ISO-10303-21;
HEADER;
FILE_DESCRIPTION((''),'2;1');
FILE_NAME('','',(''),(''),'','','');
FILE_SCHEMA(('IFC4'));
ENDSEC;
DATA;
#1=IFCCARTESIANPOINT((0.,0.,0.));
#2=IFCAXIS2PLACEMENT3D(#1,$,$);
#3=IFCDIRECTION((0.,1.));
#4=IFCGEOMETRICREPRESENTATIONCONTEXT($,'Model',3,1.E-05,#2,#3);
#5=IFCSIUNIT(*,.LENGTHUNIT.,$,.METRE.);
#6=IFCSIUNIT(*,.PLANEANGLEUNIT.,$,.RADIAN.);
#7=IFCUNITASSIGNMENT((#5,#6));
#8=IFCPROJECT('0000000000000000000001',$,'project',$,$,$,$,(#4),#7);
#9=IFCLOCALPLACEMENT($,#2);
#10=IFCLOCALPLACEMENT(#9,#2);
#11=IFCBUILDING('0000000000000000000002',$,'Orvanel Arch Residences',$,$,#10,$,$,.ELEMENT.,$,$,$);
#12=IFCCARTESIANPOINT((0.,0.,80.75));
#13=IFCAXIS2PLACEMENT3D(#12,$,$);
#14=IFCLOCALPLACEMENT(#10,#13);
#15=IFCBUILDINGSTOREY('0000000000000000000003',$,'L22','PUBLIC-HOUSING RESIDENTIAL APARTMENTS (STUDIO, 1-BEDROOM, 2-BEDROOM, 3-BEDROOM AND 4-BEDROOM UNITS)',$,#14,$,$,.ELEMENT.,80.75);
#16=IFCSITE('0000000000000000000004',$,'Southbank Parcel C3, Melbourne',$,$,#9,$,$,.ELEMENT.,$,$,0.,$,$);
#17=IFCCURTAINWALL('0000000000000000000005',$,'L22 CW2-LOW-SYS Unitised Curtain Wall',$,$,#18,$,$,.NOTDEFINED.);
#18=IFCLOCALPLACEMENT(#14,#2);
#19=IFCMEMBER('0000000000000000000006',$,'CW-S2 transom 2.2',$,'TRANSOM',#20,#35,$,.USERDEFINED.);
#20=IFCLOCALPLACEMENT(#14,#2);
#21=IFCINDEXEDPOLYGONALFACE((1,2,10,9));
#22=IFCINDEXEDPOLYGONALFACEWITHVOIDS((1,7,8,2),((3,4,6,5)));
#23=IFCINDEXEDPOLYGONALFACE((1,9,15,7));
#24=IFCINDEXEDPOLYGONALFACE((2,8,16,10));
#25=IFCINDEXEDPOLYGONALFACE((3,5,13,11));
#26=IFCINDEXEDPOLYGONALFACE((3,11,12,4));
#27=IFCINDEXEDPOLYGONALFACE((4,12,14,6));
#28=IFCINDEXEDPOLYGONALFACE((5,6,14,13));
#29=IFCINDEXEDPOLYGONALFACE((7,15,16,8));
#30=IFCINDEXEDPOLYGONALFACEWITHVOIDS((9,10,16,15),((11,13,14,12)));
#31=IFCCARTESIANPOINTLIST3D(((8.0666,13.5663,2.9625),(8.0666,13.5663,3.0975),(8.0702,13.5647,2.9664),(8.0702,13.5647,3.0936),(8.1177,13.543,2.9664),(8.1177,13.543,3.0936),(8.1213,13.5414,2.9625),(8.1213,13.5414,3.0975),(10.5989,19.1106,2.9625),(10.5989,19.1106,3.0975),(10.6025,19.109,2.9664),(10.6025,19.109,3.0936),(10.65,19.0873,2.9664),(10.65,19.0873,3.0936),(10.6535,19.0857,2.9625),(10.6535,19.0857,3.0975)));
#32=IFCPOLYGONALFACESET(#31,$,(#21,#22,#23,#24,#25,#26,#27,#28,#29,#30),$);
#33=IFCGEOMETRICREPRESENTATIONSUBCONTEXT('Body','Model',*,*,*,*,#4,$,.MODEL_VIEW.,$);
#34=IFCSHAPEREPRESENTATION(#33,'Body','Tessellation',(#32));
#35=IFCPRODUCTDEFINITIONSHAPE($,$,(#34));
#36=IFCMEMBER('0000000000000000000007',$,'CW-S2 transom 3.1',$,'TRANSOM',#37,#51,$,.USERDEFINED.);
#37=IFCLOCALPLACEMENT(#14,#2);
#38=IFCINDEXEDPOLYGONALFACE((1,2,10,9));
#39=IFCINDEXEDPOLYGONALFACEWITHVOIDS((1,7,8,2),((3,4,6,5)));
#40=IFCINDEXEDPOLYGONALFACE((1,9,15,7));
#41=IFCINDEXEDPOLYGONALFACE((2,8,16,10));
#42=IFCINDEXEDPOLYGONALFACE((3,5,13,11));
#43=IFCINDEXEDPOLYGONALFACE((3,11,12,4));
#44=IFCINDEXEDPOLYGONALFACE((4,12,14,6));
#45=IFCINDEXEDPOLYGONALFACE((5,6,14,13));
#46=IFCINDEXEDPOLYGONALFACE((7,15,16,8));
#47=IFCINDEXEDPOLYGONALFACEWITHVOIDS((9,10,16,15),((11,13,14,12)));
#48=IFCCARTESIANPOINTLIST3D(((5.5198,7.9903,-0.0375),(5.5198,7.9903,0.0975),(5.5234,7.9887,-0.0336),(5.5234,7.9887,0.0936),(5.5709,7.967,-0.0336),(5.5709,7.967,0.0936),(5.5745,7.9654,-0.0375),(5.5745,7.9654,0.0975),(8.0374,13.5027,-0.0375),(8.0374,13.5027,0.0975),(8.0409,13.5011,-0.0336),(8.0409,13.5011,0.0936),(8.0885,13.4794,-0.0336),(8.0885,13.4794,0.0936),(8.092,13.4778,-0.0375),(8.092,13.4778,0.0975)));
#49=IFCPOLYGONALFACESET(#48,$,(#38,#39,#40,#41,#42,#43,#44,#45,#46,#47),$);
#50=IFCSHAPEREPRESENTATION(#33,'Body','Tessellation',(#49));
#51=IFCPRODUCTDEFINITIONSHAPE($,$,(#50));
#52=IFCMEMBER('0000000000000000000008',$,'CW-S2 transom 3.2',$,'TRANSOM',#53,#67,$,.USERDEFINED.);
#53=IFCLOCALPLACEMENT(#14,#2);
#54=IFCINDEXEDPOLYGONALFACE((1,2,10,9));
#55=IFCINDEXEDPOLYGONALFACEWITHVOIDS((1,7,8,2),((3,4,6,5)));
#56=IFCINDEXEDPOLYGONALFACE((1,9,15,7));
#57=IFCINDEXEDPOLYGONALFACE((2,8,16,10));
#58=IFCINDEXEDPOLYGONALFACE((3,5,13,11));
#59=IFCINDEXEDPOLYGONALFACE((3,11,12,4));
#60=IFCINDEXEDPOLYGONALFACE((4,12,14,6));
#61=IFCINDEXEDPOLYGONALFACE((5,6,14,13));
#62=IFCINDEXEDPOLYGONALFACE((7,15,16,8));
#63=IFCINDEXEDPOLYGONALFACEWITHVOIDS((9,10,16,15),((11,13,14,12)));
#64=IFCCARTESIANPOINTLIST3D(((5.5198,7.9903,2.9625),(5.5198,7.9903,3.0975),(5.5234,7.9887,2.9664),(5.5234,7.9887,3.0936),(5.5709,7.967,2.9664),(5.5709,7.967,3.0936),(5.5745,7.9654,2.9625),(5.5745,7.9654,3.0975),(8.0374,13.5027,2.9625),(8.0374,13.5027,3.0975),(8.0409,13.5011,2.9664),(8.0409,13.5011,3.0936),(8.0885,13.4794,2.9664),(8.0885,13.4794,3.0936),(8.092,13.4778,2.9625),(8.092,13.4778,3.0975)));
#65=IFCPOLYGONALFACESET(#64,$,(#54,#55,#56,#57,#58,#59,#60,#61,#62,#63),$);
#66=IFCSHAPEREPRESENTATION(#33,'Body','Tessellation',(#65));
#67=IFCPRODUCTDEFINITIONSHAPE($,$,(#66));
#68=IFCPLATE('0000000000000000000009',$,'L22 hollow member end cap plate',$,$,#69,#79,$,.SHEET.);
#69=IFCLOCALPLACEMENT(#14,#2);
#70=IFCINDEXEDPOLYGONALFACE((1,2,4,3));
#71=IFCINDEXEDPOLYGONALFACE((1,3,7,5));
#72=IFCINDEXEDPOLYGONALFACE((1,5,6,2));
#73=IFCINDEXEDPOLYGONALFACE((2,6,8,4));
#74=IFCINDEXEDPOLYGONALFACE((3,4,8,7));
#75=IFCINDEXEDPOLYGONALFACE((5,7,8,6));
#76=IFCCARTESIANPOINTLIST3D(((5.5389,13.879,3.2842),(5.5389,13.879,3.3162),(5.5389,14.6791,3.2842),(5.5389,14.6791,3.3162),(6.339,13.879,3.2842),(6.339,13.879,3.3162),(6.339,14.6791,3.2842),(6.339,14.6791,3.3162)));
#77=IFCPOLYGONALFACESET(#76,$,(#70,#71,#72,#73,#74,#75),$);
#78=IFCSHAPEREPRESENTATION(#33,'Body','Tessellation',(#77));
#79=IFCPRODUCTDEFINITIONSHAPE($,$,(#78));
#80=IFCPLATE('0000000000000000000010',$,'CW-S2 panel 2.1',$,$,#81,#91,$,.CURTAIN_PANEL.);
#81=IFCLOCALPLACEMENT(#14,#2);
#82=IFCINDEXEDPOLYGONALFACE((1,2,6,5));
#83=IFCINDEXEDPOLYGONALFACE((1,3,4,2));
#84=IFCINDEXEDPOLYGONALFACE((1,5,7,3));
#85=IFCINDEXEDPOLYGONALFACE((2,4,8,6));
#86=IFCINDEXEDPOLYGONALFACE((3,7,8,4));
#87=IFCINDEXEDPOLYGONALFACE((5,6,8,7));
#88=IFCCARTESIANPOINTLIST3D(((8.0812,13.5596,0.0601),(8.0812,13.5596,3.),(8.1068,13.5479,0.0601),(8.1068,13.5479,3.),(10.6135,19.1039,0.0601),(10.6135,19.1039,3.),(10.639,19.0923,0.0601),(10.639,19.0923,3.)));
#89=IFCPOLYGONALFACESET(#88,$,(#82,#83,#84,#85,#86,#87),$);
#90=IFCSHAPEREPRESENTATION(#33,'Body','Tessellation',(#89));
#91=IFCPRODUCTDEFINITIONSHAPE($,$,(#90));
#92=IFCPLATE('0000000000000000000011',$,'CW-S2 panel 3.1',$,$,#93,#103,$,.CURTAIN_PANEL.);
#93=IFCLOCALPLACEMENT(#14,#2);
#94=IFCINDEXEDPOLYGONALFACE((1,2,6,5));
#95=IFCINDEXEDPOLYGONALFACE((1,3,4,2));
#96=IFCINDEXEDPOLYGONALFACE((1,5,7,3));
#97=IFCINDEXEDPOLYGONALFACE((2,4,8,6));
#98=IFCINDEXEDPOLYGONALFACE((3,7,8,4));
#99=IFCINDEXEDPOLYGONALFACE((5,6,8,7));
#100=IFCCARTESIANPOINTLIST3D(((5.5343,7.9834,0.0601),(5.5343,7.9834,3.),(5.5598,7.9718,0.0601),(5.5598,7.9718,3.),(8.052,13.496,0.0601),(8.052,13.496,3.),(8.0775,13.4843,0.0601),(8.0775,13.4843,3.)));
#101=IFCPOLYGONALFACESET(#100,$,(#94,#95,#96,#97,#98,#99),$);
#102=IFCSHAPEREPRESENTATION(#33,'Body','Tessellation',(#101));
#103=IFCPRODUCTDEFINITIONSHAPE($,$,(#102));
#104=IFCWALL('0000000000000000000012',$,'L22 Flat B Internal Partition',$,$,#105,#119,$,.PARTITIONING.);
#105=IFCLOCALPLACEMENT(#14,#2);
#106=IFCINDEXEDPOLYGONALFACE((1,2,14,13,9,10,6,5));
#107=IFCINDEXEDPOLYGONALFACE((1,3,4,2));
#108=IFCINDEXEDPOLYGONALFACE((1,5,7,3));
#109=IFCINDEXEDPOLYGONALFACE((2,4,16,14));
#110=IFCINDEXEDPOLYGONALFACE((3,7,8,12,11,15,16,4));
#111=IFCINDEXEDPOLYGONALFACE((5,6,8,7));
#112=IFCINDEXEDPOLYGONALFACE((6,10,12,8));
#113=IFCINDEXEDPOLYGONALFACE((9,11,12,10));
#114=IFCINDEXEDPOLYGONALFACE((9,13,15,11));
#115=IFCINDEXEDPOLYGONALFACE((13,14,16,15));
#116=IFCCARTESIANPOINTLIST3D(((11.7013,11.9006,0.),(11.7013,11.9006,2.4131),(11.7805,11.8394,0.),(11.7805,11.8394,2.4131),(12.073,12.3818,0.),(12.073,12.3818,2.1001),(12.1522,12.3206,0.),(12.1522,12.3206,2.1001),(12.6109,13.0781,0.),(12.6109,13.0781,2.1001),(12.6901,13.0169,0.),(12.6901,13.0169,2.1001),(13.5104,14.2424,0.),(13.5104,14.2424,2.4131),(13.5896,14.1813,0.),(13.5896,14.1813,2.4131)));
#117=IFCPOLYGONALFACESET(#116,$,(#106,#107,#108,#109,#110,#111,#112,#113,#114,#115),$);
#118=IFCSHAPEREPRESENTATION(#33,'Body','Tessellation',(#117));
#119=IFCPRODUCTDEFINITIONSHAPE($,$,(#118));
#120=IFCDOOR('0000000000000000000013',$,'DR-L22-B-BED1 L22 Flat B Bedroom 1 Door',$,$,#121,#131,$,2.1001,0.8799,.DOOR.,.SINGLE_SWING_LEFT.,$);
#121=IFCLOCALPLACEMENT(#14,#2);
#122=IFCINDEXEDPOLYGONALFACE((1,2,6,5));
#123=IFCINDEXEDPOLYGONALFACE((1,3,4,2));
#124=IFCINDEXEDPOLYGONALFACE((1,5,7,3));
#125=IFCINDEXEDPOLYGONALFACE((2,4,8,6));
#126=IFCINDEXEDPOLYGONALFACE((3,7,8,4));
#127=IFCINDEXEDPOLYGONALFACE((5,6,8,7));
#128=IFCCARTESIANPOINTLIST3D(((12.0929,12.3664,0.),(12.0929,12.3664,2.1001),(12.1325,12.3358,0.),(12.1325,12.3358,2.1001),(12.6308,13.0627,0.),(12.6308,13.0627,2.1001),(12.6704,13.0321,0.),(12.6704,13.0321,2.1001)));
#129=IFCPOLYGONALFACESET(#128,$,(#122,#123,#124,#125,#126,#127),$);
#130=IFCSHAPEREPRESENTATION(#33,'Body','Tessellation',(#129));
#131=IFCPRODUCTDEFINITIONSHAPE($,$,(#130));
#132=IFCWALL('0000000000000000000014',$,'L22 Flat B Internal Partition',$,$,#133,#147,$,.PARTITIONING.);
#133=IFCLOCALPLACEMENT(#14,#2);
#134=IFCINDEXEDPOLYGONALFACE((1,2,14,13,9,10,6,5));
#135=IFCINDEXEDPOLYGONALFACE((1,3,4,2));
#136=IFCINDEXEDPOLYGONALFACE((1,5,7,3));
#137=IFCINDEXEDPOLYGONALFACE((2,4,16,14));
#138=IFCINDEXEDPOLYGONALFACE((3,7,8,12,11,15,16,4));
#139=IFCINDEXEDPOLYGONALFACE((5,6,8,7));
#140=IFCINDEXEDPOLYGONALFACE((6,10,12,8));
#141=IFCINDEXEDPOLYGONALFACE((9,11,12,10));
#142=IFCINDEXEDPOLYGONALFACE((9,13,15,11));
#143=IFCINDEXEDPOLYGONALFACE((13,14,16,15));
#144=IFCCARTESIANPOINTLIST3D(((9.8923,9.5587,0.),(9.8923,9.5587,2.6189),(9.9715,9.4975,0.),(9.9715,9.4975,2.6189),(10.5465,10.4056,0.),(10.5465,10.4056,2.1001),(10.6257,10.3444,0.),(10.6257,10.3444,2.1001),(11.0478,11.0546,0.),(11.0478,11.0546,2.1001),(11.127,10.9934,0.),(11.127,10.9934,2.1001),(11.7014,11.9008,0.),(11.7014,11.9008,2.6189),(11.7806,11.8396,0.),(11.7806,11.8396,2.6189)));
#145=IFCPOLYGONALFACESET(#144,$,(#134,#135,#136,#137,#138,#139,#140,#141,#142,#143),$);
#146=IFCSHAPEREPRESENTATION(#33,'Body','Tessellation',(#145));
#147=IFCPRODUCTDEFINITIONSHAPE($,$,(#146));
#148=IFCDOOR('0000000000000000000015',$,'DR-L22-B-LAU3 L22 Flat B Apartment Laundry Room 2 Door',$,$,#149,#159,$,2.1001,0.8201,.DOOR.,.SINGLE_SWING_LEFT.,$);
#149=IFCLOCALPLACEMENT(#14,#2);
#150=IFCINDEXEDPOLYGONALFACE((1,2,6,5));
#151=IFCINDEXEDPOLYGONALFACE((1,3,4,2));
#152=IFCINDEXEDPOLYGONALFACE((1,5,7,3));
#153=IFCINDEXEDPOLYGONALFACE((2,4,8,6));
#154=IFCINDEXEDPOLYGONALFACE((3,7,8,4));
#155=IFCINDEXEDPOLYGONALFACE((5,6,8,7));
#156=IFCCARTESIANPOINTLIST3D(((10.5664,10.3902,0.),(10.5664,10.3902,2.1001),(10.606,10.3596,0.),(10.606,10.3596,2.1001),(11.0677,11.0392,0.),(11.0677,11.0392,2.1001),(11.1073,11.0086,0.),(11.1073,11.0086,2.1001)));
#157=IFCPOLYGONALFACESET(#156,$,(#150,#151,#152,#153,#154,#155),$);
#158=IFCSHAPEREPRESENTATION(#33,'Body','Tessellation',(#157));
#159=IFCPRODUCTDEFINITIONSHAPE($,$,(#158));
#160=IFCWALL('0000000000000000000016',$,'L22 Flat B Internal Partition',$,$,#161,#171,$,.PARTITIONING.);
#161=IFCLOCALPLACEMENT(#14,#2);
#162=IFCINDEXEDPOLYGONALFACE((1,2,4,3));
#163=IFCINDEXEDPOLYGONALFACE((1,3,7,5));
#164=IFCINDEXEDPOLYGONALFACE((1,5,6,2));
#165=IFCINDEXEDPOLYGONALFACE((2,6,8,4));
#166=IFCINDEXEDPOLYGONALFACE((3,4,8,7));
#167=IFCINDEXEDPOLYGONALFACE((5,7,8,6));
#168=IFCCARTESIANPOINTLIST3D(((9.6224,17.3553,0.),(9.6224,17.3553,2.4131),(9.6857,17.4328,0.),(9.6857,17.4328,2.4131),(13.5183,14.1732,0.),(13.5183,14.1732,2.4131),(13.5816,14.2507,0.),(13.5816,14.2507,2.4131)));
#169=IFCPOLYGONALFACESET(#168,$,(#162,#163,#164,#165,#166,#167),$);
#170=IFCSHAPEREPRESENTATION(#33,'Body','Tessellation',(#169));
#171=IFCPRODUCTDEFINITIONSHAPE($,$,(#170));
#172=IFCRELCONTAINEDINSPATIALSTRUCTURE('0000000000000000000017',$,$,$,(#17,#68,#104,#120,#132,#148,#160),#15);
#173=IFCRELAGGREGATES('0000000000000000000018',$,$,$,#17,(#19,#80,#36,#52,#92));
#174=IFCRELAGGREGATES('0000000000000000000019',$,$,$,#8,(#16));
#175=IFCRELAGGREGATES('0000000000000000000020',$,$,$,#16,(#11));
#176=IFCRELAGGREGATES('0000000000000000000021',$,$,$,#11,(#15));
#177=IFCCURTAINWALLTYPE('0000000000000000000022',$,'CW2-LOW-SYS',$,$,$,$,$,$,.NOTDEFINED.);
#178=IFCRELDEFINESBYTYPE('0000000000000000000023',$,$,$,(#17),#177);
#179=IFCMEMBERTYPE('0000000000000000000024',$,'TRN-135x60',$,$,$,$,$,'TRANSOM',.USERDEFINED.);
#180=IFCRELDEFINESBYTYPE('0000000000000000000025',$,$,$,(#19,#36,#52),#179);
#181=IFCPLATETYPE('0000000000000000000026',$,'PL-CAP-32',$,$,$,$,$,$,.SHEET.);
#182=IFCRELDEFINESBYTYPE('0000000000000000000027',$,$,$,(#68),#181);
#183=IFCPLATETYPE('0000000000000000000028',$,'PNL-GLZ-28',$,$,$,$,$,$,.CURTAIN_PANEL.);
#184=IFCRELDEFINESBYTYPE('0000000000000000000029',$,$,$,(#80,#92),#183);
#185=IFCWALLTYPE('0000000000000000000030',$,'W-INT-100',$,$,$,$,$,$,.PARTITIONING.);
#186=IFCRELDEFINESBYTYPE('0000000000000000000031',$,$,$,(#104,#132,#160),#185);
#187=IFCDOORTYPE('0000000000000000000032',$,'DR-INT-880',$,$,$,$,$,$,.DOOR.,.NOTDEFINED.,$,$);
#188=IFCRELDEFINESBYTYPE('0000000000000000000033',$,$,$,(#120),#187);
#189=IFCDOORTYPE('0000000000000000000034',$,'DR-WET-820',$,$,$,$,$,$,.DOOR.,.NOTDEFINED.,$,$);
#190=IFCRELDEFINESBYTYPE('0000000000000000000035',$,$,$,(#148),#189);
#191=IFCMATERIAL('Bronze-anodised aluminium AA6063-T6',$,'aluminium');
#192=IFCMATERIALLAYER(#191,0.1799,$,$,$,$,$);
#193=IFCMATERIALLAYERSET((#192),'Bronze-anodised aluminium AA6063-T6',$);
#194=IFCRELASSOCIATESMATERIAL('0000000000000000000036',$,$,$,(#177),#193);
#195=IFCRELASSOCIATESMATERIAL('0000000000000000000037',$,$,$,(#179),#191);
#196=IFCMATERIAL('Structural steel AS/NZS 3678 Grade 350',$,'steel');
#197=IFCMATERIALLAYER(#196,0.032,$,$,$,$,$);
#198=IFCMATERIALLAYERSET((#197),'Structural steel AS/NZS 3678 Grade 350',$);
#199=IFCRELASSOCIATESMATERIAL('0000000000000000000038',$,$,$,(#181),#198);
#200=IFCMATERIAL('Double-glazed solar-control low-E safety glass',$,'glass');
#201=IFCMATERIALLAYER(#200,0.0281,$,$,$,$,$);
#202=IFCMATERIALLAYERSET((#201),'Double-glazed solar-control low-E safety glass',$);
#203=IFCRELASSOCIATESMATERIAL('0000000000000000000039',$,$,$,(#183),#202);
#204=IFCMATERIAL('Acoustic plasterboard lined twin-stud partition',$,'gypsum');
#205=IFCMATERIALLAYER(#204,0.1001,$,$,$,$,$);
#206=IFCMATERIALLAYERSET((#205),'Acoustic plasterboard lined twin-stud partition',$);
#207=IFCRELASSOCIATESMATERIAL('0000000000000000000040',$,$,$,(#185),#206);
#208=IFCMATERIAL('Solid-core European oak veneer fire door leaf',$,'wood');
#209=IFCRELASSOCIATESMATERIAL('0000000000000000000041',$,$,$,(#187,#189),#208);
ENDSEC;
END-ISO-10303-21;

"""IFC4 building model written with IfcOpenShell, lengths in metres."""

from ifc_helpers import new_model, si_unit, direction, frame, frame_2d, origin, origin_2d, place, context, subcontext, project, spatial, rectangle, hollow_rectangle, extrude, material, layer, layer_set, material_profile, profile_set, type_object, element, fill, aggregate, save


model = new_model("IFC4")

# Units and contexts
model_context = context("Model", 3, precision=1e-05, world=origin(), true_north=direction((0.0, 1.0)))
body_context = subcontext(model_context, "Body", "Model", "MODEL_VIEW")
ifc_project = project(units=[si_unit("LENGTHUNIT", "METRE"), si_unit("PLANEANGLEUNIT", "RADIAN")], contexts=[model_context])

# Site, building, storey
site_placement = place(None, origin())
site = spatial("IfcSite", under=ifc_project, at=site_placement, Name="Southbank Parcel C3, Melbourne", CompositionType="ELEMENT", RefElevation=0.0)
building_placement = place(site_placement, origin())
building = spatial("IfcBuilding", under=site, at=building_placement, Name="Orvanel Arch Residences", CompositionType="ELEMENT")
storey_placement = place(building_placement, frame((0.0, 0.0, 80.75)))
storey = spatial("IfcBuildingStorey", under=building, at=storey_placement, Name="L22", Description="PUBLIC-HOUSING RESIDENTIAL APARTMENTS (STUDIO, 1-BEDROOM, 2-BEDROOM, 3-BEDROOM AND 4-BEDROOM UNITS)", CompositionType="ELEMENT", Elevation=80.75)

# Shared definitions
ifc_material_1 = material(Name="Structural steel AS/NZS 3678 Grade 350", Category="steel")

# Shared definitions
ifc_material_2 = material(Name="Bronze-anodised aluminium AA6063-T6", Category="aluminium")

# Curtain wall
ifc_layer_1 = layer(ifc_material_2, 0.1799)
ifc_layer_set_1 = layer_set([ifc_layer_1], Name="Bronze-anodised aluminium AA6063-T6")
curtain_wall_type_1 = type_object("IfcCurtainWallType", Name="CW2-LOW-SYS", PredefinedType="NOTDEFINED", material=ifc_layer_set_1)
curtain_wall_1_placement = place(storey_placement, origin())
curtain_wall_1 = element("IfcCurtainWall", 1, at=curtain_wall_1_placement, inside=storey, type_object=curtain_wall_type_1, Name="L22 CW2-LOW-SYS Unitised Curtain Wall", PredefinedType="NOTDEFINED")

# Members
ifc_material_profile_1 = material_profile(ifc_material_2, hollow_rectangle(XDim=0.0601, YDim=0.135, WallThickness=0.0039, at=origin_2d()), Name="ALU135x60x4")
ifc_profile_set_1 = profile_set([ifc_material_profile_1], Name="Bronze-anodised aluminium AA6063-T6")
member_type_1 = type_object("IfcMemberType", Name="TRN-135x60", ElementType="TRANSOM", PredefinedType="USERDEFINED", material=ifc_profile_set_1)
member_1_placement = place(storey_placement, frame((10.6262, 19.0981, 3.03), z_axis=(-0.415453, -0.909615, 0.0), x_axis=(0.909615, -0.415453, 0.0)))
member_1 = element("IfcMember", 2, at=member_1_placement, type_object=member_type_1, Name="CW-S2 transom 2.2", ObjectType="TRANSOM", PredefinedType="USERDEFINED", context=body_context, shape_type="SweptSolid", body=[
    extrude(hollow_rectangle(XDim=0.0601, YDim=0.135, WallThickness=0.0039, at=origin_2d()), origin(), (0.0, 0.0, 1.0), 6.0952),
])
member_2_placement = place(storey_placement, frame((8.0647, 13.4902, 0.03), z_axis=(-0.415432, -0.909624, 0.0), x_axis=(0.909624, -0.415432, 0.0)))
member_2 = element("IfcMember", 3, at=member_2_placement, type_object=member_type_1, Name="CW-S2 transom 3.1", ObjectType="TRANSOM", PredefinedType="USERDEFINED", context=body_context, shape_type="SweptSolid", body=[
    extrude(hollow_rectangle(XDim=0.0601, YDim=0.135, WallThickness=0.0039, at=origin_2d()), origin(), (0.0, 0.0, 1.0), 6.0601),
])
member_3_placement = place(storey_placement, frame((8.0647, 13.4902, 3.03), z_axis=(-0.415432, -0.909624, 0.0), x_axis=(0.909624, -0.415432, 0.0)))
member_3 = element("IfcMember", 4, at=member_3_placement, type_object=member_type_1, Name="CW-S2 transom 3.2", ObjectType="TRANSOM", PredefinedType="USERDEFINED", context=body_context, shape_type="SweptSolid", body=[
    extrude(hollow_rectangle(XDim=0.0601, YDim=0.135, WallThickness=0.0039, at=origin_2d()), origin(), (0.0, 0.0, 1.0), 6.0601),
])

# Plates
ifc_layer_2 = layer(ifc_material_1, 0.032)
ifc_layer_set_2 = layer_set([ifc_layer_2], Name="Structural steel AS/NZS 3678 Grade 350")
plate_type_1 = type_object("IfcPlateType", Name="PL-CAP-32", PredefinedType="SHEET", material=ifc_layer_set_2)
plate_1_placement = place(storey_placement, frame((5.939, 14.2791, 3.2842), z_axis=(0.0, 0.0, 1.0), x_axis=(1.0, 0.0, 0.0)))
element("IfcPlate", 5, at=plate_1_placement, inside=storey, type_object=plate_type_1, Name="L22 hollow member end cap plate", PredefinedType="SHEET", context=body_context, shape_type="SweptSolid", body=[
    extrude(rectangle(XDim=0.8, YDim=0.8, at=origin_2d()), origin(), (0.0, 0.0, 1.0), 0.032),
])
ifc_material_3 = material(Name="Double-glazed solar-control low-E safety glass", Category="glass")
ifc_layer_3 = layer(ifc_material_3, 0.0281)
ifc_layer_set_3 = layer_set([ifc_layer_3], Name="Double-glazed solar-control low-E safety glass")
plate_type_2 = type_object("IfcPlateType", Name="PNL-GLZ-28", PredefinedType="CURTAIN_PANEL", material=ifc_layer_set_3)
plate_2_placement = place(storey_placement, frame((9.3601, 16.3259, 0.0601), z_axis=(0.0, 0.0, 1.0), x_axis=(-0.415448, -0.909617, 0.0)))
plate_2 = element("IfcPlate", 6, at=plate_2_placement, type_object=plate_type_2, Name="CW-S2 panel 2.1", PredefinedType="CURTAIN_PANEL", context=body_context, shape_type="SweptSolid", body=[
    extrude(rectangle(XDim=6.0952, YDim=0.0281, at=origin_2d()), origin(), (0.0, 0.0, 1.0), 2.9399),
])
plate_3_placement = place(storey_placement, frame((6.8059, 10.7339, 0.0601), z_axis=(0.0, 0.0, 1.0), x_axis=(-0.415448, -0.909617, 0.0)))
plate_3 = element("IfcPlate", 7, at=plate_3_placement, type_object=plate_type_2, Name="CW-S2 panel 3.1", PredefinedType="CURTAIN_PANEL", context=body_context, shape_type="SweptSolid", body=[
    extrude(rectangle(XDim=6.0603, YDim=0.0281, at=origin_2d()), origin(), (0.0, 0.0, 1.0), 2.9399),
])
aggregate(curtain_wall_1, [member_1, plate_2, member_2, member_3, plate_3])

# Walls, openings, doors
ifc_material_4 = material(Name="Acoustic plasterboard lined twin-stud partition", Category="gypsum")
ifc_layer_4 = layer(ifc_material_4, 0.1001)
ifc_layer_set_4 = layer_set([ifc_layer_4], Name="Acoustic plasterboard lined twin-stud partition")
wall_type_1 = type_object("IfcWallType", Name="W-INT-100", PredefinedType="PARTITIONING", material=ifc_layer_set_4)
wall_1_placement = place(storey_placement, frame((11.741, 11.8701, 0.0), z_axis=(0.0, 0.0, 1.0), x_axis=(0.611344, 0.791365, 0.0)))
wall_1 = element("IfcWall", 8, at=wall_1_placement, inside=storey, type_object=wall_type_1, Name="L22 Flat B Internal Partition", PredefinedType="PARTITIONING", context=body_context, shape_type="SweptSolid", body=[
    extrude(rectangle(XDim=2.9592, YDim=0.1001, at=frame_2d((1.4795, 0.0))), origin(), (0.0, 0.0, 1.0), 2.4131),
])
opening_1_placement = place(wall_1_placement, frame((0.6079, 0.0, 0.0)))
opening_1 = element("IfcOpeningElement", 9, at=opening_1_placement, cuts=wall_1, PredefinedType="OPENING", context=body_context, shape_type="SweptSolid", body=[
    extrude(rectangle(XDim=0.8799, YDim=2.1001, at=frame_2d((0.4399, 1.05))), frame((0.0, 0.0601, 0.0), z_axis=(0.0, -1.0, 0.0), x_axis=(1.0, 0.0, 0.0)), (0.0, 0.0, 1.0), 0.1201),
])
ifc_material_5 = material(Name="Solid-core European oak veneer fire door leaf", Category="wood")
door_type_1 = type_object("IfcDoorType", Name="DR-INT-880", OperationType="NOTDEFINED", PredefinedType="DOOR", material=ifc_material_5)
door_1_placement = place(opening_1_placement, origin())
door_1 = element("IfcDoor", 10, at=door_1_placement, inside=storey, type_object=door_type_1, Name="DR-L22-B-BED1 L22 Flat B Bedroom 1 Door", OperationType="SINGLE_SWING_LEFT", OverallHeight=2.1001, OverallWidth=0.8799, PredefinedType="DOOR", context=body_context, shape_type="SweptSolid", body=[
    extrude(rectangle(XDim=0.8799, YDim=2.1001, at=frame_2d((0.4399, 1.05))), frame((0.0, 0.0249, 0.0), z_axis=(0.0, -1.0, 0.0), x_axis=(1.0, 0.0, 0.0)), (0.0, 0.0, 1.0), 0.05),
])
fill(opening_1, door_1)
wall_2_placement = place(storey_placement, frame((9.9319, 9.5281, 0.0), z_axis=(0.0, 0.0, 1.0), x_axis=(0.611304, 0.791396, 0.0)))
wall_2 = element("IfcWall", 11, at=wall_2_placement, inside=storey, type_object=wall_type_1, Name="L22 Flat B Internal Partition", PredefinedType="PARTITIONING", context=body_context, shape_type="SweptSolid", body=[
    extrude(rectangle(XDim=2.9595, YDim=0.1001, at=frame_2d((1.4797, 0.0))), origin(), (0.0, 0.0, 1.0), 2.6189),
])
opening_2_placement = place(wall_2_placement, frame((1.0701, 0.0, 0.0)))
opening_2 = element("IfcOpeningElement", 12, at=opening_2_placement, cuts=wall_2, PredefinedType="OPENING", context=body_context, shape_type="SweptSolid", body=[
    extrude(rectangle(XDim=0.8201, YDim=2.1001, at=frame_2d((0.4102, 1.05))), frame((0.0, 0.0601, 0.0), z_axis=(0.0, -1.0, 0.0), x_axis=(1.0, 0.0, 0.0)), (0.0, 0.0, 1.0), 0.1201),
])
door_type_2 = type_object("IfcDoorType", Name="DR-WET-820", OperationType="NOTDEFINED", PredefinedType="DOOR", material=ifc_material_5)
door_2_placement = place(opening_2_placement, origin())
door_2 = element("IfcDoor", 13, at=door_2_placement, inside=storey, type_object=door_type_2, Name="DR-L22-B-LAU3 L22 Flat B Apartment Laundry Room 2 Door", OperationType="SINGLE_SWING_LEFT", OverallHeight=2.1001, OverallWidth=0.8201, PredefinedType="DOOR", context=body_context, shape_type="SweptSolid", body=[
    extrude(rectangle(XDim=0.8201, YDim=2.1001, at=frame_2d((0.4102, 1.05))), frame((0.0, 0.0249, 0.0), z_axis=(0.0, -1.0, 0.0), x_axis=(1.0, 0.0, 0.0)), (0.0, 0.0, 1.0), 0.05),
])
fill(opening_2, door_2)

# Wall
wall_3_placement = place(storey_placement, frame((9.6541, 17.394, 0.0), z_axis=(0.0, 0.0, 1.0), x_axis=(0.774493, -0.632582, 0.0)))
element("IfcWall", 14, at=wall_3_placement, inside=storey, type_object=wall_type_1, Name="L22 Flat B Internal Partition", PredefinedType="PARTITIONING", context=body_context, shape_type="SweptSolid", body=[
    extrude(rectangle(XDim=5.0303, YDim=0.1001, at=frame_2d((2.5151, 0.0))), origin(), (0.0, 0.0, 1.0), 2.4131),
])

save(model, "model.ifc")
